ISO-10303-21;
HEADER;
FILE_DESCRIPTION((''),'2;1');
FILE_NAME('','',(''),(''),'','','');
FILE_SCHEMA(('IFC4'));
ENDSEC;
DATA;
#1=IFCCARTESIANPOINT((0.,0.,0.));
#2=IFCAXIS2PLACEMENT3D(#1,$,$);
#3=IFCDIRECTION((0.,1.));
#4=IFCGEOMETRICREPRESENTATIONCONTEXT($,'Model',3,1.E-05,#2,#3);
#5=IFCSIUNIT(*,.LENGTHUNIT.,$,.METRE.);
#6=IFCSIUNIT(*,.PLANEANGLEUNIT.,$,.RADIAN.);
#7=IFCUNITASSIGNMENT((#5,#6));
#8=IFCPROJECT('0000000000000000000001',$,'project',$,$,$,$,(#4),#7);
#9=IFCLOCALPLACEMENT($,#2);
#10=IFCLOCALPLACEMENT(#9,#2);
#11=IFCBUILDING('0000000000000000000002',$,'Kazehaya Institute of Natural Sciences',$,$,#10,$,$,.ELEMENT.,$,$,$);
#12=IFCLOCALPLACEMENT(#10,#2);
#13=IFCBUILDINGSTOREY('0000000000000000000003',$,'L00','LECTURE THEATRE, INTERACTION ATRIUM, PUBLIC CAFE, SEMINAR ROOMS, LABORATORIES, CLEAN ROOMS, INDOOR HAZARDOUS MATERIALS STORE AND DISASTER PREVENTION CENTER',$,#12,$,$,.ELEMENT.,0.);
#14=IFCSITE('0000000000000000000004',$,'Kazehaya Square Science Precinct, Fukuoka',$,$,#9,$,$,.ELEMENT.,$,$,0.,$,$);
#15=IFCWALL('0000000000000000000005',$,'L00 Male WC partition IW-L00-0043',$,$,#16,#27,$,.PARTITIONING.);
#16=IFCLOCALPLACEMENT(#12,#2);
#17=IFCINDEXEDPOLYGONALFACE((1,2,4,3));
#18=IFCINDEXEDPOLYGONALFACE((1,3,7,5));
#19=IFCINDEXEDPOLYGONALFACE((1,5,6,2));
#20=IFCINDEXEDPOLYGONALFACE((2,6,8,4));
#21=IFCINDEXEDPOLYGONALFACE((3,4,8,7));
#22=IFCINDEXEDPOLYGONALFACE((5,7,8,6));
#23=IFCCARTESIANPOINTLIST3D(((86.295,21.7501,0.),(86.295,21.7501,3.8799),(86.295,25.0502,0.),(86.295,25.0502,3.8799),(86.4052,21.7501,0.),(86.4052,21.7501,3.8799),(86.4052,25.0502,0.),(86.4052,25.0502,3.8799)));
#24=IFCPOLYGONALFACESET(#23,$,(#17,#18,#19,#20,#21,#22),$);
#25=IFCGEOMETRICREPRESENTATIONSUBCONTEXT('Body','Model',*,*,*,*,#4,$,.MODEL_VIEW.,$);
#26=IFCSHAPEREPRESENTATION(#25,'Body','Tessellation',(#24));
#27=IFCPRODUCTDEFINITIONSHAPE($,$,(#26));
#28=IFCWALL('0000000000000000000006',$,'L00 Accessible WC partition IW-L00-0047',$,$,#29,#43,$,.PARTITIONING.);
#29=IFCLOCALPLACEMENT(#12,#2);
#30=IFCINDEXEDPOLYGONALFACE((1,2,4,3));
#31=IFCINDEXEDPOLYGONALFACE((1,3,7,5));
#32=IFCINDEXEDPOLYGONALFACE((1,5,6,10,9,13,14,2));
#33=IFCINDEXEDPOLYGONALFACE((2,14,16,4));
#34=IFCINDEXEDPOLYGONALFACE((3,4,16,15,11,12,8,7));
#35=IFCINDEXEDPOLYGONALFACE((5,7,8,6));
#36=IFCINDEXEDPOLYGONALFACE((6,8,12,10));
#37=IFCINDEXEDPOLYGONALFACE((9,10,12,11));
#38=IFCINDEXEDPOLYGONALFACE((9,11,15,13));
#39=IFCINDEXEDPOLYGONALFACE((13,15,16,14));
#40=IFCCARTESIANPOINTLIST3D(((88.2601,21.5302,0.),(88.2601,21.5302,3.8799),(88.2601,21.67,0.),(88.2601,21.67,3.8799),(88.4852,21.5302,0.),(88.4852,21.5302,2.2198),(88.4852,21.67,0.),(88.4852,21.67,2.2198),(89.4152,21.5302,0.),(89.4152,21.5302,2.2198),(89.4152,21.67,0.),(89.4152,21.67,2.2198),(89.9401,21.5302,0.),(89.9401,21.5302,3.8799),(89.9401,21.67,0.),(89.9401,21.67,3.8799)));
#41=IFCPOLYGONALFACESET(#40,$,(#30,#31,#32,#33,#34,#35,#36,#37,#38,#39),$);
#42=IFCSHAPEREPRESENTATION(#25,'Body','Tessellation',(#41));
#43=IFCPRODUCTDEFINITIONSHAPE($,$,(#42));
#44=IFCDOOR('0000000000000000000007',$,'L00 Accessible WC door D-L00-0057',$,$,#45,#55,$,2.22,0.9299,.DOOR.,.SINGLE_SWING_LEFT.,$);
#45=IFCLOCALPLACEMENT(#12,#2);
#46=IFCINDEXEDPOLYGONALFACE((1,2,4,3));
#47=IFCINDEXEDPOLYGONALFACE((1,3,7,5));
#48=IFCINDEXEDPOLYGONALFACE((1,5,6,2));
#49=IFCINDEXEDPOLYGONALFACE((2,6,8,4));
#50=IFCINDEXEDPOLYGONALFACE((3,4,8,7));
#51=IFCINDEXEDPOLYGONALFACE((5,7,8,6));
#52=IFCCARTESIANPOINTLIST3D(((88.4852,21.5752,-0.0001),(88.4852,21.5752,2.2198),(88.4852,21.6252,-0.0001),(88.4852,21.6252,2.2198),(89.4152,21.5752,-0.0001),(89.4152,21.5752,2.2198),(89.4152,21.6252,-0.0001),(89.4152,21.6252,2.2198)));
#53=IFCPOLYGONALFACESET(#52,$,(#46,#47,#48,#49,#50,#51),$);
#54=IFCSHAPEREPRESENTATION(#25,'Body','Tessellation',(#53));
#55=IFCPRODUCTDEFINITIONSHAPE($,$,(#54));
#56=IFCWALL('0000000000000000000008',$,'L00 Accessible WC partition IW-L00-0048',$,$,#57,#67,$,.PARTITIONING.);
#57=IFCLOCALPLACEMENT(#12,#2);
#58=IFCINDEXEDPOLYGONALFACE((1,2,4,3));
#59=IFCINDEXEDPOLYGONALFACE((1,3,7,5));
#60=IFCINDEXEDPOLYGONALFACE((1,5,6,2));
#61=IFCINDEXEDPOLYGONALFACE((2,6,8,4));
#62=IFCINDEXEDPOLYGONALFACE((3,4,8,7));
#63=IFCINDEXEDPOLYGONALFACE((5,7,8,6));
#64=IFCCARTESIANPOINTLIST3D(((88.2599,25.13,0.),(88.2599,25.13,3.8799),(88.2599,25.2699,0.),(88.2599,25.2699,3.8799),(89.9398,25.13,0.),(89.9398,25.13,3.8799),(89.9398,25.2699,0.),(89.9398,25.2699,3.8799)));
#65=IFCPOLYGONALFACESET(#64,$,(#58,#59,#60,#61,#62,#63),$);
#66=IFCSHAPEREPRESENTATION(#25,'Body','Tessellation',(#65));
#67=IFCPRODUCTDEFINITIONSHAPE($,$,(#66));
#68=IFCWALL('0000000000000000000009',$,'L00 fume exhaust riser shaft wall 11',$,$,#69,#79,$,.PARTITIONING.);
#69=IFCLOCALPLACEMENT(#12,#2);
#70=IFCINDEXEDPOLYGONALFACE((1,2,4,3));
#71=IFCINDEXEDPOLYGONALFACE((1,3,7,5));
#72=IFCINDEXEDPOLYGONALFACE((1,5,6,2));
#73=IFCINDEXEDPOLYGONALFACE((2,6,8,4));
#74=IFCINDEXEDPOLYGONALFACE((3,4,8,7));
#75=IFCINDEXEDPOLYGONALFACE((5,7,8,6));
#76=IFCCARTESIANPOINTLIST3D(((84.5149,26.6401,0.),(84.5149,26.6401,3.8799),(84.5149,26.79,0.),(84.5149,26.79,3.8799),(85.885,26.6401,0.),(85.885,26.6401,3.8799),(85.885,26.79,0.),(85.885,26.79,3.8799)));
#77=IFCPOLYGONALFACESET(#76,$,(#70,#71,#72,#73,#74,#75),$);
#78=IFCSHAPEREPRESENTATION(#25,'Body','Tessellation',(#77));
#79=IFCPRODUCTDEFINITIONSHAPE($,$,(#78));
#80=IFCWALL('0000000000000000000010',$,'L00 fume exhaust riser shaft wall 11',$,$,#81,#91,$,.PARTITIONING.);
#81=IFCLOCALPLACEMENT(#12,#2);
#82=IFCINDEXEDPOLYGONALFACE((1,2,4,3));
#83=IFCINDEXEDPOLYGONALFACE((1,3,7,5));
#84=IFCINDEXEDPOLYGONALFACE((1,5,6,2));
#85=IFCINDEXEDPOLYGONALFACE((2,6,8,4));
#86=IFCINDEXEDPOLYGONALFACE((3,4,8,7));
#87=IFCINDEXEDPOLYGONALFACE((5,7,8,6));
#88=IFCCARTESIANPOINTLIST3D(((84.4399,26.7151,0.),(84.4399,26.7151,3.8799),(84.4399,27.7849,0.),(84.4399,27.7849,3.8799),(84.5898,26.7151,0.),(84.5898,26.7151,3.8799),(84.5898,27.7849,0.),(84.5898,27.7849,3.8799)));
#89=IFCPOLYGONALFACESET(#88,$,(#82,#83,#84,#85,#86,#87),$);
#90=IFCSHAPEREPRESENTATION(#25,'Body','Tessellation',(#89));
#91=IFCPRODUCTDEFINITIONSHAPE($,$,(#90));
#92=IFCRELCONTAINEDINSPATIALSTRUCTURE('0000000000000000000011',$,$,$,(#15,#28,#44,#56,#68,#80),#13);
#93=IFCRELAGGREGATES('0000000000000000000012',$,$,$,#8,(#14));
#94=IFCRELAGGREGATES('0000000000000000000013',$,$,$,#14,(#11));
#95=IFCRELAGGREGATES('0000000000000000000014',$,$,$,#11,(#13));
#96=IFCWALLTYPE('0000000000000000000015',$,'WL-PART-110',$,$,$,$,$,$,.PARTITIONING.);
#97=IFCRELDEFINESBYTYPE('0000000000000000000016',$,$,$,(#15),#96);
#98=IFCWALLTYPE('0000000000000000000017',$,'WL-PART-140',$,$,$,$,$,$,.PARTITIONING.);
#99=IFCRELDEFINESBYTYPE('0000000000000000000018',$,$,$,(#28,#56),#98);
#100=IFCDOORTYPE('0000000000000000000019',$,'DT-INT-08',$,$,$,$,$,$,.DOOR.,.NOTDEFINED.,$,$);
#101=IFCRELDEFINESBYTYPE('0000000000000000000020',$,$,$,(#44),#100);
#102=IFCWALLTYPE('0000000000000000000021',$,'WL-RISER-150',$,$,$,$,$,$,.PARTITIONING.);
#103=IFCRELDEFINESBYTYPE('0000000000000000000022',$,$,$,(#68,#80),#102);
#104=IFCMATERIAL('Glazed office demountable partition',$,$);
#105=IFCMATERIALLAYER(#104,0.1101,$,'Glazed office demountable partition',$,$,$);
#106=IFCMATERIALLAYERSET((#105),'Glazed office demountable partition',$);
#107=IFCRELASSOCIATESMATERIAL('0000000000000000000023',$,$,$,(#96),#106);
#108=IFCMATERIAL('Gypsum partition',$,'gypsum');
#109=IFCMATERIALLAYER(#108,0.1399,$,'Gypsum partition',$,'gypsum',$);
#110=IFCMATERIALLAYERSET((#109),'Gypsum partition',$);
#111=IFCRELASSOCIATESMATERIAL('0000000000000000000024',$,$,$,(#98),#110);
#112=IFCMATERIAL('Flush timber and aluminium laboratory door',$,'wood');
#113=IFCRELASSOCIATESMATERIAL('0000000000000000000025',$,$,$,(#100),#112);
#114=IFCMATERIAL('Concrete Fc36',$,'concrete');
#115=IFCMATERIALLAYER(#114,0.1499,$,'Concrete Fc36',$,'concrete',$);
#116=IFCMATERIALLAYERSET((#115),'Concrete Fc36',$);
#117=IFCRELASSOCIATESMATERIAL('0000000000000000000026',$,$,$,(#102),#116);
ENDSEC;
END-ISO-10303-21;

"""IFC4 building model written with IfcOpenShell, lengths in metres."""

from ifc_helpers import new_model, si_unit, direction, frame, frame_2d, origin, place, context, subcontext, project, spatial, rectangle, extrude, material, layer, layer_set, type_object, element, fill, save


model = new_model("IFC4")

# Units and contexts
model_context = context("Model", 3, precision=1e-05, world=origin(), true_north=direction((0.0, 1.0)))
body_context = subcontext(model_context, "Body", "Model", "MODEL_VIEW")
ifc_project = project(units=[si_unit("LENGTHUNIT", "METRE"), si_unit("PLANEANGLEUNIT", "RADIAN")], contexts=[model_context])

# Site, building, storey
site_placement = place(None, origin())
site = spatial("IfcSite", under=ifc_project, at=site_placement, Name="Kazehaya Square Science Precinct, Fukuoka", CompositionType="ELEMENT", RefElevation=0.0)
building_placement = place(site_placement, origin())
building = spatial("IfcBuilding", under=site, at=building_placement, Name="Kazehaya Institute of Natural Sciences", CompositionType="ELEMENT")
storey_placement = place(building_placement, origin())
storey = spatial("IfcBuildingStorey", under=building, at=storey_placement, Name="L00", Description="LECTURE THEATRE, INTERACTION ATRIUM, PUBLIC CAFE, SEMINAR ROOMS, LABORATORIES, CLEAN ROOMS, INDOOR HAZARDOUS MATERIALS STORE AND DISASTER PREVENTION CENTER", CompositionType="ELEMENT", Elevation=0.0)

# Shared definitions
ifc_material_1 = material(Name="Concrete Fc36", Category="concrete")

# Shared definitions
ifc_material_2 = material(Name="Flush timber and aluminium laboratory door", Category="wood")

# Shared definitions
ifc_material_3 = material(Name="Glazed office demountable partition")
ifc_layer_1 = layer(ifc_material_3, 0.1101, Name="Glazed office demountable partition")
ifc_layer_set_1 = layer_set([ifc_layer_1], Name="Glazed office demountable partition")
wall_type_1 = type_object("IfcWallType", Name="WL-PART-110", PredefinedType="PARTITIONING", material=ifc_layer_set_1)

# Wall
for number, where, z_axis, x_axis, name in (
    (1, (86.3501, 25.05, 0.0), (0.0, 0.0, 1.0), (0.0, -1.0, 0.0), "L00 Male WC partition IW-L00-0043"),
):
    element("IfcWall", number, at=place(storey_placement, frame(where, z_axis=z_axis, x_axis=x_axis)), inside=storey, type_object=wall_type_1, Name=name, PredefinedType="PARTITIONING", context=body_context, shape_type="SweptSolid", body=[
        extrude(rectangle(XDim=3.3, YDim=0.1101, at=frame_2d((1.6499, 0.0))), origin(), (0.0, 0.0, 1.0), 3.8799),
    ])

# Wall, opening, door
ifc_material_4 = material(Name="Gypsum partition", Category="gypsum")
ifc_layer_2 = layer(ifc_material_4, 0.1399, Name="Gypsum partition", Category="gypsum")
ifc_layer_set_2 = layer_set([ifc_layer_2], Name="Gypsum partition")
wall_type_2 = type_object("IfcWallType", Name="WL-PART-140", PredefinedType="PARTITIONING", material=ifc_layer_set_2)
wall_1_placement = place(storey_placement, frame((89.9399, 21.6001, 0.0), z_axis=(0.0, 0.0, 1.0), x_axis=(-1.0, 0.0, 0.0)))
wall_1 = element("IfcWall", 2, at=wall_1_placement, inside=storey, type_object=wall_type_2, Name="L00 Accessible WC partition IW-L00-0047", PredefinedType="PARTITIONING", context=body_context, shape_type="SweptSolid", body=[
    extrude(rectangle(XDim=1.6799, YDim=0.1399, at=frame_2d((0.8398, 0.0))), origin(), (0.0, 0.0, 1.0), 3.8799),
])
opening_1_placement = place(wall_1_placement, frame((0.5249, 0.0, 0.0)))
opening_1 = element("IfcOpeningElement", 3, at=opening_1_placement, cuts=wall_1, PredefinedType="OPENING", context=body_context, shape_type="SweptSolid", body=[
    extrude(rectangle(XDim=0.9299, YDim=2.22, at=frame_2d((0.4648, 1.1099))), frame((0.0, 0.0798, 0.0), z_axis=(0.0, -1.0, 0.0), x_axis=(1.0, 0.0, 0.0)), (0.0, 0.0, 1.0), 0.1599),
])
door_type_1 = type_object("IfcDoorType", Name="DT-INT-08", OperationType="NOTDEFINED", PredefinedType="DOOR", material=ifc_material_2)
door_1_placement = place(opening_1_placement, origin())
door_1 = element("IfcDoor", 4, at=door_1_placement, inside=storey, type_object=door_type_1, Name="L00 Accessible WC door D-L00-0057", OperationType="SINGLE_SWING_LEFT", OverallHeight=2.22, OverallWidth=0.9299, PredefinedType="DOOR", context=body_context, shape_type="SweptSolid", body=[
    extrude(rectangle(XDim=0.9299, YDim=2.22, at=frame_2d((0.4648, 1.1099))), frame((0.0, 0.0249, 0.0), z_axis=(0.0, -1.0, 0.0), x_axis=(1.0, 0.0, 0.0)), (0.0, 0.0, 1.0), 0.05),
])
fill(opening_1, door_1)

# Walls
wall_2_placement = place(storey_placement, frame((88.26, 25.2, 0.0), z_axis=(0.0, 0.0, 1.0), x_axis=(1.0, 0.0, 0.0)))
element("IfcWall", 5, at=wall_2_placement, inside=storey, type_object=wall_type_2, Name="L00 Accessible WC partition IW-L00-0048", PredefinedType="PARTITIONING", context=body_context, shape_type="SweptSolid", body=[
    extrude(rectangle(XDim=1.6799, YDim=0.1399, at=frame_2d((0.8398, 0.0))), origin(), (0.0, 0.0, 1.0), 3.8799),
])
ifc_layer_3 = layer(ifc_material_1, 0.1499, Name="Concrete Fc36", Category="concrete")
ifc_layer_set_3 = layer_set([ifc_layer_3], Name="Concrete Fc36")
wall_type_3 = type_object("IfcWallType", Name="WL-RISER-150", PredefinedType="PARTITIONING", material=ifc_layer_set_3)
wall_3_placement = place(storey_placement, frame((85.885, 26.7151, 0.0), z_axis=(0.0, 0.0, 1.0), x_axis=(-1.0, 0.0, 0.0)))
element("IfcWall", 6, at=wall_3_placement, inside=storey, type_object=wall_type_3, Name="L00 fume exhaust riser shaft wall 11", PredefinedType="PARTITIONING", context=body_context, shape_type="SweptSolid", body=[
    extrude(rectangle(XDim=1.3701, YDim=0.1499, at=frame_2d((0.6851, 0.0))), origin(), (0.0, 0.0, 1.0), 3.8799),
])
wall_4_placement = place(storey_placement, frame((84.5149, 26.7151, 0.0), z_axis=(0.0, 0.0, 1.0), x_axis=(0.0, 1.0, 0.0)))
element("IfcWall", 7, at=wall_4_placement, inside=storey, type_object=wall_type_3, Name="L00 fume exhaust riser shaft wall 11", PredefinedType="PARTITIONING", context=body_context, shape_type="SweptSolid", body=[
    extrude(rectangle(XDim=1.0698, YDim=0.1499, at=frame_2d((0.5349, 0.0))), origin(), (0.0, 0.0, 1.0), 3.8799),
])

save(model, "model.ifc")
